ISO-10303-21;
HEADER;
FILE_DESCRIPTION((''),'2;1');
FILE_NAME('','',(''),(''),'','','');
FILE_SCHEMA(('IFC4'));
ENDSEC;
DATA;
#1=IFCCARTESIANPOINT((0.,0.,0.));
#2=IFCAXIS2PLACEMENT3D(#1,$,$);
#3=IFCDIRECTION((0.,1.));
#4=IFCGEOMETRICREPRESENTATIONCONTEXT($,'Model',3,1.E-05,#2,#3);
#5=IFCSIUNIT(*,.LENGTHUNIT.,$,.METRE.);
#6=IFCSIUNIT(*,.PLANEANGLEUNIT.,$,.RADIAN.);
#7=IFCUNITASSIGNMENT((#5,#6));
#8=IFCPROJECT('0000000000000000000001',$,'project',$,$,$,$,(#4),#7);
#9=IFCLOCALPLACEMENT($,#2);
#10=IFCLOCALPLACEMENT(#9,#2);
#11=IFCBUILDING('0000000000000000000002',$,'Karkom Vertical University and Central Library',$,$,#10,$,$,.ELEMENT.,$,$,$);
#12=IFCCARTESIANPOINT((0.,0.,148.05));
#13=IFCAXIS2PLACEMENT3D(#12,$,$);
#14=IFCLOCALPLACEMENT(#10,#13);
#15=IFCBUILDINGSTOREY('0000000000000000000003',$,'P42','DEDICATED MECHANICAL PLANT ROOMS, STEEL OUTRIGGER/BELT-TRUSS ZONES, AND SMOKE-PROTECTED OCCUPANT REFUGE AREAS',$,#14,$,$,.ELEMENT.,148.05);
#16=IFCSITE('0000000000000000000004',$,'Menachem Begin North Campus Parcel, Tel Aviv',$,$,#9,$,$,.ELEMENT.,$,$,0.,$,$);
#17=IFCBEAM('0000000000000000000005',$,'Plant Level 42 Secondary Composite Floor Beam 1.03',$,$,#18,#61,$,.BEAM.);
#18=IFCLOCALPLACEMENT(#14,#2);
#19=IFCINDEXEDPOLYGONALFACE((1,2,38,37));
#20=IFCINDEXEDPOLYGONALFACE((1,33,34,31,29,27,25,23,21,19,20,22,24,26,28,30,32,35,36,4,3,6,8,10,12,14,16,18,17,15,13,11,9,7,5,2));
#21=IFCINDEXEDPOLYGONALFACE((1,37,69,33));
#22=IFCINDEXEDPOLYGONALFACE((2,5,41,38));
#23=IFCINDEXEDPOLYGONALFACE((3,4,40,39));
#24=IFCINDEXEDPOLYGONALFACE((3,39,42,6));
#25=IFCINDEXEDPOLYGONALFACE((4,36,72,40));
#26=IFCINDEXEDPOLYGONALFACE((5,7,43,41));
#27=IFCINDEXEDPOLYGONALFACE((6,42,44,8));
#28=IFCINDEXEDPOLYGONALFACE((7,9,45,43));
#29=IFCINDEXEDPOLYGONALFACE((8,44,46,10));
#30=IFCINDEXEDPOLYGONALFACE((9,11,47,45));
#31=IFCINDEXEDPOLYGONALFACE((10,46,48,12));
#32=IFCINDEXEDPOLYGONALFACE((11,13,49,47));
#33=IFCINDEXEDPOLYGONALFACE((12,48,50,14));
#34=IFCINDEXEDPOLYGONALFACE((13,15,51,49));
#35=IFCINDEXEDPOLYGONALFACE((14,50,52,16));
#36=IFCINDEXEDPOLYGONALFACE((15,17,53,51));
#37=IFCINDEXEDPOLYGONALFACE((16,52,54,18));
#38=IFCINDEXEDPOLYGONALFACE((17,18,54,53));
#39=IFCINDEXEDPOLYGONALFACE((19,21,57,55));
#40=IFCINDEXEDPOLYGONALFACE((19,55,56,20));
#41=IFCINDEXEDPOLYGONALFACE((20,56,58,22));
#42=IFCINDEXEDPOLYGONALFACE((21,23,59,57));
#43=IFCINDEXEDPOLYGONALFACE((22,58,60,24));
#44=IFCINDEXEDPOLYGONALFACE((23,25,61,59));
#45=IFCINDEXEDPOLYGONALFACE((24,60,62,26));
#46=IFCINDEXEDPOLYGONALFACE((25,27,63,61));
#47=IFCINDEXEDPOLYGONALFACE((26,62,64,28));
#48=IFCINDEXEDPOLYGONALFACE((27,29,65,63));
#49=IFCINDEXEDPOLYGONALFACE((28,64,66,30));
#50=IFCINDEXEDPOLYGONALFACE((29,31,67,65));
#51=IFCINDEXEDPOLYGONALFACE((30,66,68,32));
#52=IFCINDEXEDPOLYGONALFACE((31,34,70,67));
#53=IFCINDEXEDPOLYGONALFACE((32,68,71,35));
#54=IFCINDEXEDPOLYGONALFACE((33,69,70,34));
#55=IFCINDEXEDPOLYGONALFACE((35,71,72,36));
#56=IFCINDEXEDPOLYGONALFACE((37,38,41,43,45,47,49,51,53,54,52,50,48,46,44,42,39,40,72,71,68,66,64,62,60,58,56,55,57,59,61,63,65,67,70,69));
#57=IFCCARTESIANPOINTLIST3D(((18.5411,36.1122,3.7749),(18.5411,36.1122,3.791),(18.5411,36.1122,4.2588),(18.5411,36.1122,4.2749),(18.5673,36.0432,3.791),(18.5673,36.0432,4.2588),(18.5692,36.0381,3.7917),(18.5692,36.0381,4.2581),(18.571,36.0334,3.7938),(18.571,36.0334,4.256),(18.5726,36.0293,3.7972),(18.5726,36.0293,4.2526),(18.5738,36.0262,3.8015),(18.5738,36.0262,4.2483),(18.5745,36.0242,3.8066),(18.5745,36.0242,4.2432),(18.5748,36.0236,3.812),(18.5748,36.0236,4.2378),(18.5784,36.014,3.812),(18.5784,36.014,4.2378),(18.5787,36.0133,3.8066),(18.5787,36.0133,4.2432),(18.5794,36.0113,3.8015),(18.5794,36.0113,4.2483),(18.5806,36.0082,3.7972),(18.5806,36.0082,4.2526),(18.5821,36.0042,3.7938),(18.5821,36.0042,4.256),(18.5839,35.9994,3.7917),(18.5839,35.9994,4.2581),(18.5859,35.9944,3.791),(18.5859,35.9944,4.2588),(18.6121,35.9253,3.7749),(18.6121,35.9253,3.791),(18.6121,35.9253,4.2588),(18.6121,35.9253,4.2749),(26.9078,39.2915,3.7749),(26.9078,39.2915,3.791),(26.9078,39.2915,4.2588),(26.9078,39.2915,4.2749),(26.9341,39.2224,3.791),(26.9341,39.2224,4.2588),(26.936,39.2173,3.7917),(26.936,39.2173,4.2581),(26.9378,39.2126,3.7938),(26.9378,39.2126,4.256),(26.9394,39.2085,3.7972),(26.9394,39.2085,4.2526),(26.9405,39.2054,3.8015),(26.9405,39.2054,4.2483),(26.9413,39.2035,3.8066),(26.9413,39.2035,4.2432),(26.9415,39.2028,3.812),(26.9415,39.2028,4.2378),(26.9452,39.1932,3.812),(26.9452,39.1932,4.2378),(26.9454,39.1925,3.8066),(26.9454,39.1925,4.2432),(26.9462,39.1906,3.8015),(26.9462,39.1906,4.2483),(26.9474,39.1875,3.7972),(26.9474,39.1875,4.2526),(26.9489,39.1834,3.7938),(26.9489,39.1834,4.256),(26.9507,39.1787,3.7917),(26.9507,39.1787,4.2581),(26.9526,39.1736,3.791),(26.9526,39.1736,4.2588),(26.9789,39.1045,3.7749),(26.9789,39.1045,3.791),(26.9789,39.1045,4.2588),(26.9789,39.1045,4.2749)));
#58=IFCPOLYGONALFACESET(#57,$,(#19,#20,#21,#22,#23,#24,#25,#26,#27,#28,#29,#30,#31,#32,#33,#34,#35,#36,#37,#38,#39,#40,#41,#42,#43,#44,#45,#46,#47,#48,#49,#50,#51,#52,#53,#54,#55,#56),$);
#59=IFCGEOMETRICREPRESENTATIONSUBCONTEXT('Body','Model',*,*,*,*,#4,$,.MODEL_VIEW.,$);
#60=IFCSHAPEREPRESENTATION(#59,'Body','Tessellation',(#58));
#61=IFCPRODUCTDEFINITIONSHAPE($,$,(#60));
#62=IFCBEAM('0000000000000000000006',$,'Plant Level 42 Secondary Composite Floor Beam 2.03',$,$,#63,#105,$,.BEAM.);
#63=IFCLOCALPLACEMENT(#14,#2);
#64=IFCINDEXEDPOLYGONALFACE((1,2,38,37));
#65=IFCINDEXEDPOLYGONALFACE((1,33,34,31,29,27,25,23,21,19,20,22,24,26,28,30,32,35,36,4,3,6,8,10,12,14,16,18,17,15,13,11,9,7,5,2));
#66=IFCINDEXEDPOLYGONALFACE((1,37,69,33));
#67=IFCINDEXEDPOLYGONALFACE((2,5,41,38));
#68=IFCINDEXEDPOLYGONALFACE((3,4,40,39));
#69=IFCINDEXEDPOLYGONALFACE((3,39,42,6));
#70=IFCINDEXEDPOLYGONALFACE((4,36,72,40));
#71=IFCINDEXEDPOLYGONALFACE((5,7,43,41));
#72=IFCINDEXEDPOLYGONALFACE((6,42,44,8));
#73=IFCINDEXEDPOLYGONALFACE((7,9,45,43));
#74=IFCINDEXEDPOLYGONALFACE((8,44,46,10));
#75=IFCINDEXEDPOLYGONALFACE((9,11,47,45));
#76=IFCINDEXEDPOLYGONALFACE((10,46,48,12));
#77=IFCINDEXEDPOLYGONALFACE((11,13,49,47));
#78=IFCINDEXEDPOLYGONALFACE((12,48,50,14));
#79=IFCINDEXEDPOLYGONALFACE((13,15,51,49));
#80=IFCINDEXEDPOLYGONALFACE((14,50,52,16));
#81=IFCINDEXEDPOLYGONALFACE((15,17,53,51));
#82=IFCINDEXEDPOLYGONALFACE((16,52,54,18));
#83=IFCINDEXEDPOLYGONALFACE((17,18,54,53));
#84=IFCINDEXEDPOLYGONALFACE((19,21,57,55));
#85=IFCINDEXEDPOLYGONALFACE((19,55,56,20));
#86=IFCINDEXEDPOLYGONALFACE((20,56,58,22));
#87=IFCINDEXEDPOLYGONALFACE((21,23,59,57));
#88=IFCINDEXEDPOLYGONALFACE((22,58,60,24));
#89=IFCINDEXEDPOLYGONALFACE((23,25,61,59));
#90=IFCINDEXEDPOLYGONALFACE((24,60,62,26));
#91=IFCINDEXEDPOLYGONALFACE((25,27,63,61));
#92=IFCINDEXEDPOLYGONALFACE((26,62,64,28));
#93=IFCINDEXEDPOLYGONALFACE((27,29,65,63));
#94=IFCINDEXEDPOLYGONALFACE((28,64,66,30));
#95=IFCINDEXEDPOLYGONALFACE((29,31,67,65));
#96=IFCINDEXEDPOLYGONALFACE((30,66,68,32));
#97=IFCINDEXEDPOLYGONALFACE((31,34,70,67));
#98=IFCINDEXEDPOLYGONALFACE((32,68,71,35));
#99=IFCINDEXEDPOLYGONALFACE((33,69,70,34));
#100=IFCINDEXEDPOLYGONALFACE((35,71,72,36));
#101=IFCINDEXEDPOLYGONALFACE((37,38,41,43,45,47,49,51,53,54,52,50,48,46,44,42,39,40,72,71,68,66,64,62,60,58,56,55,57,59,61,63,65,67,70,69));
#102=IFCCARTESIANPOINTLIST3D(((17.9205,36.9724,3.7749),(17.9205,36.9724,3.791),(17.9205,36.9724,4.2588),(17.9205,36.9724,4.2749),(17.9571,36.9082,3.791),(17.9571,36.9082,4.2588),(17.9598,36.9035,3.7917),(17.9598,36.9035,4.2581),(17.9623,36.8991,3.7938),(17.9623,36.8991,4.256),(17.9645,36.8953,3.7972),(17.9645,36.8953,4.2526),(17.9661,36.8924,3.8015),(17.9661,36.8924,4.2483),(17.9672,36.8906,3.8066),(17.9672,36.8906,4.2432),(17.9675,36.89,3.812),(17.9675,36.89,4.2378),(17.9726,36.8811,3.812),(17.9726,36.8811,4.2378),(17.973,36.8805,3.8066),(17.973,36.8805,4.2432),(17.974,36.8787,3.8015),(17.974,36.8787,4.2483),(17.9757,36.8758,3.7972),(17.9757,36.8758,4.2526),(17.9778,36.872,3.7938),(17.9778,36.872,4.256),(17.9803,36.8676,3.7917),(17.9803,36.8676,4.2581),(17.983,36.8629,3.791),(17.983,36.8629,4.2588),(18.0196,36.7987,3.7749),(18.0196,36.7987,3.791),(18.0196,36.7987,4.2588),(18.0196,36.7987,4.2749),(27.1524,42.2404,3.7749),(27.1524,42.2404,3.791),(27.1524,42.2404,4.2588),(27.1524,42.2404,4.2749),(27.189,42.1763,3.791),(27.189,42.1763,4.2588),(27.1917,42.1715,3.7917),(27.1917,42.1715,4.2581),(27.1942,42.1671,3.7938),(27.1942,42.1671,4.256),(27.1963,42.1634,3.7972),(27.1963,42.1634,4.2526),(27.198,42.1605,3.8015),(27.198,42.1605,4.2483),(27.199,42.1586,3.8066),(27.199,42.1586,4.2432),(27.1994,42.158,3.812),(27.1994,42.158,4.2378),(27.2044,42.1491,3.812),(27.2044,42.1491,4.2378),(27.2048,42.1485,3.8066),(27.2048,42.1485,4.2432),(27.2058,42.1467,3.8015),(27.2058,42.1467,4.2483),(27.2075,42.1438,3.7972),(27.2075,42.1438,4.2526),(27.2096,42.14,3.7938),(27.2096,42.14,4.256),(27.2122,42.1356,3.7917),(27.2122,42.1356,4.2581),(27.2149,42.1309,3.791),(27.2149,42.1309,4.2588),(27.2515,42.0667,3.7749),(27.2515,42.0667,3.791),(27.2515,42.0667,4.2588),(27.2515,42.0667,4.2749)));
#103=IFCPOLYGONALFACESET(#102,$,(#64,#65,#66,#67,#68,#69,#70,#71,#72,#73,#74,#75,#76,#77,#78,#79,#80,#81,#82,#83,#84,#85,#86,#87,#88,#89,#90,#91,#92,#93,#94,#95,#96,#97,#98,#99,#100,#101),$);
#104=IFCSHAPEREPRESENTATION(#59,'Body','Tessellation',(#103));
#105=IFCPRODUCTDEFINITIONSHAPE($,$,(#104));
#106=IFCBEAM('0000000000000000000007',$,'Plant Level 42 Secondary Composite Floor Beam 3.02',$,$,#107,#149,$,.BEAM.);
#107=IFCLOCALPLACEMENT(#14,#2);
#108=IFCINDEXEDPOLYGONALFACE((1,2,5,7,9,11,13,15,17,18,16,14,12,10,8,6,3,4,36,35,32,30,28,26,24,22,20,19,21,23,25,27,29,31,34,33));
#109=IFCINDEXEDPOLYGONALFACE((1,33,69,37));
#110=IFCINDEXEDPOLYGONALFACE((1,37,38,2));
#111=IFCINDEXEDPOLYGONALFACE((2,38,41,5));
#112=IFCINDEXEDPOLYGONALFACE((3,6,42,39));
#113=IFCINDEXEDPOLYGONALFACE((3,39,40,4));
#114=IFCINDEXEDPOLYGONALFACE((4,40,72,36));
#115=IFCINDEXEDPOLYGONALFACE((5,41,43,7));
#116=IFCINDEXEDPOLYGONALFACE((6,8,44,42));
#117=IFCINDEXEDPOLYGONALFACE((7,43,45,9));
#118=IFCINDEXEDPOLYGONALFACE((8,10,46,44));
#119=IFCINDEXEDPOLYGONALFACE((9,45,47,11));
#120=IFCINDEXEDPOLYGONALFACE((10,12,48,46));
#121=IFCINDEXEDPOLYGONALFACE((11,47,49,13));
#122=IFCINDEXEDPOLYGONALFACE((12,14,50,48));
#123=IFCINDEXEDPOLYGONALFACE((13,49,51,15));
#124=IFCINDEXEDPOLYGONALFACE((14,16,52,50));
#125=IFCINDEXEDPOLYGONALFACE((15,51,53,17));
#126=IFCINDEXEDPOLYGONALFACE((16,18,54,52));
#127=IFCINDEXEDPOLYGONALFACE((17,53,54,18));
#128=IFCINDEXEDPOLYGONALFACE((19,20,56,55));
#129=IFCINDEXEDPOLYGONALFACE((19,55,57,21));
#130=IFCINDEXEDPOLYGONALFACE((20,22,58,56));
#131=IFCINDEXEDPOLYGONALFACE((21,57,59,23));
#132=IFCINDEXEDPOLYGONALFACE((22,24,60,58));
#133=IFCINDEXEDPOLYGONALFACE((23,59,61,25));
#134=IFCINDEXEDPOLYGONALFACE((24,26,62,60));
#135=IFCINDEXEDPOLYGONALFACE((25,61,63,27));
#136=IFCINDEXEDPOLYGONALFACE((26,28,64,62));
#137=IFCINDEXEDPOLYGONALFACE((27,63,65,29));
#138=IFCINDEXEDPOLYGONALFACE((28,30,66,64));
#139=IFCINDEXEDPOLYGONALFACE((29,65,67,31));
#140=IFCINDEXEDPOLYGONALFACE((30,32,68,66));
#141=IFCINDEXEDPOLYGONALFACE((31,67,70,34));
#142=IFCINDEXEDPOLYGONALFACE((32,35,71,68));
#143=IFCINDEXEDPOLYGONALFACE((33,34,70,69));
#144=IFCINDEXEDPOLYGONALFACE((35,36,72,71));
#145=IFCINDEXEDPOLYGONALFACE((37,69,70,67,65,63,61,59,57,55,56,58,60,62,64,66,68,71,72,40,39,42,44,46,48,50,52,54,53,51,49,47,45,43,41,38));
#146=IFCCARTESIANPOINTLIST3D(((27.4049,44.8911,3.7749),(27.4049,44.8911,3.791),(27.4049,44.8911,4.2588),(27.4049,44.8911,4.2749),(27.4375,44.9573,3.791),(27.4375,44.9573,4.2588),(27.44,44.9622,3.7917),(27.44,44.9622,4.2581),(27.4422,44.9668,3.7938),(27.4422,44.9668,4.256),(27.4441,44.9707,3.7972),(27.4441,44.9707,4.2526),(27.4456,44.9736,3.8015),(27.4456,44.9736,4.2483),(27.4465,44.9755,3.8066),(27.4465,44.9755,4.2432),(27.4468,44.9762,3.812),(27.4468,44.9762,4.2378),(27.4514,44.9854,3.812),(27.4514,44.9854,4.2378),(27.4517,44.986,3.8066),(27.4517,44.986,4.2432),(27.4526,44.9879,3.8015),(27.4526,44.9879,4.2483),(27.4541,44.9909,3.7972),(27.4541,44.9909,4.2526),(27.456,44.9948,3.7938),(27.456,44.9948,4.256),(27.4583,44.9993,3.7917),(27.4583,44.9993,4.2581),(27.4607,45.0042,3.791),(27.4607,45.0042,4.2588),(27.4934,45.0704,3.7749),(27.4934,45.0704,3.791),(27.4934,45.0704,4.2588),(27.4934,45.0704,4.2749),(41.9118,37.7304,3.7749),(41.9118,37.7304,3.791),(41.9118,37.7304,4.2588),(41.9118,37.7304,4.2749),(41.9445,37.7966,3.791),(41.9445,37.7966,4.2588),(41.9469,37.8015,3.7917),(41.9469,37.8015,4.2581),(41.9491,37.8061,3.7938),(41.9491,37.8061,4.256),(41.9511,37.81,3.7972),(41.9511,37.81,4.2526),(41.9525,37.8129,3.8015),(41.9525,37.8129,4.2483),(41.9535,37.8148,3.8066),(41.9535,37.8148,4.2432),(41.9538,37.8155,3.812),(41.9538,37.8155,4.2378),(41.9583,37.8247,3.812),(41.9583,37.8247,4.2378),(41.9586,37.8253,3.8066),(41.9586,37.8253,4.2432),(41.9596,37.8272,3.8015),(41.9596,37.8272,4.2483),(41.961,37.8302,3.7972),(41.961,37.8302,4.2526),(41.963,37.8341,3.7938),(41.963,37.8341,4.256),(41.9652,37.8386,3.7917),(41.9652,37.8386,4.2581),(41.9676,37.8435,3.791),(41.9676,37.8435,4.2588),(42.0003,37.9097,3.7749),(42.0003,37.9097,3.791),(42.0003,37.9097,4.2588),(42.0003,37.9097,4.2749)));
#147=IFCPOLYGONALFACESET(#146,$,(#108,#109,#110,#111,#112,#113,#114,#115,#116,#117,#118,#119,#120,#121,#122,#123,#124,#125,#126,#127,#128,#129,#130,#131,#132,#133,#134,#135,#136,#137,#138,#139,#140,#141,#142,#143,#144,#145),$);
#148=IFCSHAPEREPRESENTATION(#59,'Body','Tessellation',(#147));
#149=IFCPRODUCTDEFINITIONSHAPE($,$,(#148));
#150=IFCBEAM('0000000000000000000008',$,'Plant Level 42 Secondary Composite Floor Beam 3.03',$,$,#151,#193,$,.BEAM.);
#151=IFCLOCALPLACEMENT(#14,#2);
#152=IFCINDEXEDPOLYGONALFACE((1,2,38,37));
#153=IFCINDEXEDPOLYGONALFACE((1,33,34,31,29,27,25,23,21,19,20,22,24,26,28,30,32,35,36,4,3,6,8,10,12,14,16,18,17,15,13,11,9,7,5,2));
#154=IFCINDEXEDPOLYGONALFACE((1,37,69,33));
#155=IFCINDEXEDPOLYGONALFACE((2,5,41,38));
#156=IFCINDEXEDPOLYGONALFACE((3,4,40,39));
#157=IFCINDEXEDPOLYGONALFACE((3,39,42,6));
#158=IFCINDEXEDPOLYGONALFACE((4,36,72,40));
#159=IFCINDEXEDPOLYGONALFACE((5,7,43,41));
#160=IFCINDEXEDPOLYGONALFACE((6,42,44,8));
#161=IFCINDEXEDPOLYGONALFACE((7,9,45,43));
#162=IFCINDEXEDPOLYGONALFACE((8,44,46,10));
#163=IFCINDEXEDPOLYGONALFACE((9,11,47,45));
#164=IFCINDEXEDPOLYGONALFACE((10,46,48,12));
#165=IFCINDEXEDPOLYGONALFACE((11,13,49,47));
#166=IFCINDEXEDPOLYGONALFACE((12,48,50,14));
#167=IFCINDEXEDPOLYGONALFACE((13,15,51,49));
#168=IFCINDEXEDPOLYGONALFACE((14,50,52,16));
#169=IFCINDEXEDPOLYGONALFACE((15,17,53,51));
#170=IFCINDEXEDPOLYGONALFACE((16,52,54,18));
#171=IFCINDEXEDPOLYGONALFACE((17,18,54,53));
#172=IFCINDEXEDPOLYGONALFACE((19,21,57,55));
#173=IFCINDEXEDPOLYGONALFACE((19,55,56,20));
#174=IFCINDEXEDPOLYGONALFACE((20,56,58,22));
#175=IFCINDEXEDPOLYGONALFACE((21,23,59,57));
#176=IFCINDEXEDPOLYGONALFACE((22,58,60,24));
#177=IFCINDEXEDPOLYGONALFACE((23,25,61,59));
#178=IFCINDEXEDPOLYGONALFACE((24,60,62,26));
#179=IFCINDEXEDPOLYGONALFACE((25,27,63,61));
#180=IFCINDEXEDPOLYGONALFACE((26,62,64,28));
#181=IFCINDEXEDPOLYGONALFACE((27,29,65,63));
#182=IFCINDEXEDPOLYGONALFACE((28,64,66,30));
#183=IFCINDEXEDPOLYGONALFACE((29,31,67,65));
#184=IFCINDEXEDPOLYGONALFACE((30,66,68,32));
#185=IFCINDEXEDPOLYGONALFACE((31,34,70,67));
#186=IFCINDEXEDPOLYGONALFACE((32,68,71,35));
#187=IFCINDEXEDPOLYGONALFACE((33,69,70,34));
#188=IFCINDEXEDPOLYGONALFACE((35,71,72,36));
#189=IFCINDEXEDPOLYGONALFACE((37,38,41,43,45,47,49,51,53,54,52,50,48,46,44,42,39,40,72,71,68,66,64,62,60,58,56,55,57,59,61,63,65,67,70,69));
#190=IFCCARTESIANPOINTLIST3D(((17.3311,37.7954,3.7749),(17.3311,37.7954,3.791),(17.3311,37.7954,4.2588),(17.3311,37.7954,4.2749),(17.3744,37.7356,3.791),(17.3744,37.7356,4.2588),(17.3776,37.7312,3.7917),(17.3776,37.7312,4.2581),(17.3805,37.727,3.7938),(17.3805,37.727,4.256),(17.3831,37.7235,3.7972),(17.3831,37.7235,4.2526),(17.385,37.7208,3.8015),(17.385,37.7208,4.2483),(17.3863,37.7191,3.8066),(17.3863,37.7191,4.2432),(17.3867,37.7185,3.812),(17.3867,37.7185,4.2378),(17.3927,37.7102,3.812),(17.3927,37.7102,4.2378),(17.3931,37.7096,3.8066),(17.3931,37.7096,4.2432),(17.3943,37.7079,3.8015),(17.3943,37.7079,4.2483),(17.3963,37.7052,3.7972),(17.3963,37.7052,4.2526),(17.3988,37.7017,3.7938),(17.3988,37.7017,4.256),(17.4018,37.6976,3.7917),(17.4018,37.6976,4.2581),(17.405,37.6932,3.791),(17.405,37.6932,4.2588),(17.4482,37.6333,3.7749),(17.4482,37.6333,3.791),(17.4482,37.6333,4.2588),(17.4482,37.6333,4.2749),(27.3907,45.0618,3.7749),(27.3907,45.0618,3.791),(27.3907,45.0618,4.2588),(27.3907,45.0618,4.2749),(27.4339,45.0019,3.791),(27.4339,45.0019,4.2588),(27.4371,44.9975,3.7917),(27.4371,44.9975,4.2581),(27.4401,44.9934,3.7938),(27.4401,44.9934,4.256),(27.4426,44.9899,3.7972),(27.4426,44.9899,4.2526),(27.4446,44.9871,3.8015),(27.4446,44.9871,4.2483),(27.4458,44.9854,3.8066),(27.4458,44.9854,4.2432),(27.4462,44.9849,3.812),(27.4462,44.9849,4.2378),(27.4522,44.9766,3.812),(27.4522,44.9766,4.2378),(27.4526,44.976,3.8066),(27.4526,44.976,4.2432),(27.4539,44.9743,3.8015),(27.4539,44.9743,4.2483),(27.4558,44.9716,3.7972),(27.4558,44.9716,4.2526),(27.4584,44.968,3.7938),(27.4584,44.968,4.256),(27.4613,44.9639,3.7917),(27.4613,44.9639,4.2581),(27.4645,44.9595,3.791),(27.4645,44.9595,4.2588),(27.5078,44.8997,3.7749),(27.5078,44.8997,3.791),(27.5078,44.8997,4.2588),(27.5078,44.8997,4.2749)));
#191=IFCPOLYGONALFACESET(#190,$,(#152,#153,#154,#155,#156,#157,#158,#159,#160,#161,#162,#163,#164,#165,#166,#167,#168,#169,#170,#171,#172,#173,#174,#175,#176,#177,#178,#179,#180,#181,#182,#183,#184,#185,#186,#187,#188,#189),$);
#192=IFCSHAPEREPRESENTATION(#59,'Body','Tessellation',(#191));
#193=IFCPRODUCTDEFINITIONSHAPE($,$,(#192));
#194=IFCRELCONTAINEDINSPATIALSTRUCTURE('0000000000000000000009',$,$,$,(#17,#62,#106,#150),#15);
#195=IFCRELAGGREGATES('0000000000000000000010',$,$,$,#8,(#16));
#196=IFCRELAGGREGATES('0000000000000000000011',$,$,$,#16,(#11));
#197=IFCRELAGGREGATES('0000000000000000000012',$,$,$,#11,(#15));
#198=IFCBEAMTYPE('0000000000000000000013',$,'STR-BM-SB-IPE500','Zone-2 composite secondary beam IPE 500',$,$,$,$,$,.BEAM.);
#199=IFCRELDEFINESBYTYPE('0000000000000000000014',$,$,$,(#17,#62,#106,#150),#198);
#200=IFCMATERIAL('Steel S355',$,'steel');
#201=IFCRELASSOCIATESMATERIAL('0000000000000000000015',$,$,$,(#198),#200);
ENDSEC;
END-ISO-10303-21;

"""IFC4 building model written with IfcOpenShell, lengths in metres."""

from ifc_helpers import new_model, si_unit, direction, frame, origin, origin_with_axes, origin_2d, place, context, subcontext, project, spatial, i_section, extrude, source, transform, mapped, material, material_profile, profile_set, type_object, element, save


model = new_model("IFC4")

# Units and contexts
model_context = context("Model", 3, precision=1e-05, world=origin(), true_north=direction((0.0, 1.0)))
body_context = subcontext(model_context, "Body", "Model", "MODEL_VIEW")
ifc_project = project(units=[si_unit("LENGTHUNIT", "METRE"), si_unit("PLANEANGLEUNIT", "RADIAN")], contexts=[model_context])

# Site, building, storey
site_placement = place(None, origin())
site = spatial("IfcSite", under=ifc_project, at=site_placement, Name="Menachem Begin North Campus Parcel, Tel Aviv", CompositionType="ELEMENT", RefElevation=0.0)
building_placement = place(site_placement, origin())
building = spatial("IfcBuilding", under=site, at=building_placement, Name="Karkom Vertical University and Central Library", CompositionType="ELEMENT")
storey_placement = place(building_placement, frame((0.0, 0.0, 148.05)))
storey = spatial("IfcBuildingStorey", under=building, at=storey_placement, Name="P42", Description="DEDICATED MECHANICAL PLANT ROOMS, STEEL OUTRIGGER/BELT-TRUSS ZONES, AND SMOKE-PROTECTED OCCUPANT REFUGE AREAS", CompositionType="ELEMENT", Elevation=148.05)

# Shared definitions
ifc_material_1 = material(Name="Steel S355", Category="steel")

# Beams
ifc_material_profile_1 = material_profile(ifc_material_1, i_section(OverallWidth=0.2, OverallDepth=0.5, WebThickness=0.0103, FlangeThickness=0.0161, FilletRadius=0.021, at=origin_2d()), Name="IPE 500")
ifc_profile_set_1 = profile_set([ifc_material_profile_1], Name="Steel S355")
beam_type_1 = type_object("IfcBeamType", Name="STR-BM-SB-IPE500", Description="Zone-2 composite secondary beam IPE 500", PredefinedType="BEAM", material=ifc_profile_set_1)
shared_shape_1 = source(origin_with_axes(), body_context, "Body", "SweptSolid", [
    extrude(i_section(OverallWidth=0.2, OverallDepth=0.5, WebThickness=0.0103, FlangeThickness=0.0161, FilletRadius=0.021, at=origin_2d()), origin(), (0.0, 0.0, 1.0), 8.9504),
])
beam_1_placement = place(storey_placement, frame((26.9434, 39.198, 4.0249), z_axis=(-0.934789, -0.355203, 0.0), x_axis=(0.355203, -0.934789, 0.0)))
element("IfcBeam", 1, at=beam_1_placement, inside=storey, type_object=beam_type_1, Name="Plant Level 42 Secondary Composite Floor Beam 1.03", PredefinedType="BEAM", context=body_context, shape_type="MappedRepresentation", body=[
    mapped(shared_shape_1, transform((0.0, 0.0, 0.0), scale=1.0)),
])
shared_shape_2 = source(origin_with_axes(), body_context, "Body", "SweptSolid", [
    extrude(i_section(OverallWidth=0.2, OverallDepth=0.5, WebThickness=0.0103, FlangeThickness=0.0161, FilletRadius=0.021, at=origin_2d()), origin(), (0.0, 0.0, 1.0), 10.6292),
])
beam_2_placement = place(storey_placement, frame((27.2019, 42.1536, 4.0249), z_axis=(-0.86854, -0.495619, 0.0), x_axis=(0.495619, -0.86854, 0.0)))
element("IfcBeam", 2, at=beam_2_placement, inside=storey, type_object=beam_type_1, Name="Plant Level 42 Secondary Composite Floor Beam 2.03", PredefinedType="BEAM", context=body_context, shape_type="MappedRepresentation", body=[
    mapped(shared_shape_2, transform((0.0, 0.0, 0.0), scale=1.0)),
])
shared_shape_3 = source(origin_with_axes(), body_context, "Body", "SweptSolid", [
    extrude(i_section(OverallWidth=0.2, OverallDepth=0.5, WebThickness=0.0103, FlangeThickness=0.0161, FilletRadius=0.021, at=origin_2d()), origin(), (0.0, 0.0, 1.0), 16.178),
])
beam_3_placement = place(storey_placement, frame((41.9561, 37.8201, 4.0249), z_axis=(-0.896709, 0.44262, 0.0), x_axis=(-0.44262, -0.896709, 0.0)))
element("IfcBeam", 3, at=beam_3_placement, inside=storey, type_object=beam_type_1, Name="Plant Level 42 Secondary Composite Floor Beam 3.02", PredefinedType="BEAM", context=body_context, shape_type="MappedRepresentation", body=[
    mapped(shared_shape_3, transform((0.0, 0.0, 0.0), scale=1.0)),
])
shared_shape_4 = source(origin_with_axes(), body_context, "Body", "SweptSolid", [
    extrude(i_section(OverallWidth=0.2, OverallDepth=0.5, WebThickness=0.0103, FlangeThickness=0.0161, FilletRadius=0.021, at=origin_2d()), origin(), (0.0, 0.0, 1.0), 12.4094),
])
beam_4_placement = place(storey_placement, frame((27.4492, 44.9807, 4.0249), z_axis=(-0.810637, -0.585549, 0.0), x_axis=(0.585549, -0.810637, 0.0)))
element("IfcBeam", 4, at=beam_4_placement, inside=storey, type_object=beam_type_1, Name="Plant Level 42 Secondary Composite Floor Beam 3.03", PredefinedType="BEAM", context=body_context, shape_type="MappedRepresentation", body=[
    mapped(shared_shape_4, transform((0.0, 0.0, 0.0), scale=1.0)),
])

save(model, "model.ifc")
